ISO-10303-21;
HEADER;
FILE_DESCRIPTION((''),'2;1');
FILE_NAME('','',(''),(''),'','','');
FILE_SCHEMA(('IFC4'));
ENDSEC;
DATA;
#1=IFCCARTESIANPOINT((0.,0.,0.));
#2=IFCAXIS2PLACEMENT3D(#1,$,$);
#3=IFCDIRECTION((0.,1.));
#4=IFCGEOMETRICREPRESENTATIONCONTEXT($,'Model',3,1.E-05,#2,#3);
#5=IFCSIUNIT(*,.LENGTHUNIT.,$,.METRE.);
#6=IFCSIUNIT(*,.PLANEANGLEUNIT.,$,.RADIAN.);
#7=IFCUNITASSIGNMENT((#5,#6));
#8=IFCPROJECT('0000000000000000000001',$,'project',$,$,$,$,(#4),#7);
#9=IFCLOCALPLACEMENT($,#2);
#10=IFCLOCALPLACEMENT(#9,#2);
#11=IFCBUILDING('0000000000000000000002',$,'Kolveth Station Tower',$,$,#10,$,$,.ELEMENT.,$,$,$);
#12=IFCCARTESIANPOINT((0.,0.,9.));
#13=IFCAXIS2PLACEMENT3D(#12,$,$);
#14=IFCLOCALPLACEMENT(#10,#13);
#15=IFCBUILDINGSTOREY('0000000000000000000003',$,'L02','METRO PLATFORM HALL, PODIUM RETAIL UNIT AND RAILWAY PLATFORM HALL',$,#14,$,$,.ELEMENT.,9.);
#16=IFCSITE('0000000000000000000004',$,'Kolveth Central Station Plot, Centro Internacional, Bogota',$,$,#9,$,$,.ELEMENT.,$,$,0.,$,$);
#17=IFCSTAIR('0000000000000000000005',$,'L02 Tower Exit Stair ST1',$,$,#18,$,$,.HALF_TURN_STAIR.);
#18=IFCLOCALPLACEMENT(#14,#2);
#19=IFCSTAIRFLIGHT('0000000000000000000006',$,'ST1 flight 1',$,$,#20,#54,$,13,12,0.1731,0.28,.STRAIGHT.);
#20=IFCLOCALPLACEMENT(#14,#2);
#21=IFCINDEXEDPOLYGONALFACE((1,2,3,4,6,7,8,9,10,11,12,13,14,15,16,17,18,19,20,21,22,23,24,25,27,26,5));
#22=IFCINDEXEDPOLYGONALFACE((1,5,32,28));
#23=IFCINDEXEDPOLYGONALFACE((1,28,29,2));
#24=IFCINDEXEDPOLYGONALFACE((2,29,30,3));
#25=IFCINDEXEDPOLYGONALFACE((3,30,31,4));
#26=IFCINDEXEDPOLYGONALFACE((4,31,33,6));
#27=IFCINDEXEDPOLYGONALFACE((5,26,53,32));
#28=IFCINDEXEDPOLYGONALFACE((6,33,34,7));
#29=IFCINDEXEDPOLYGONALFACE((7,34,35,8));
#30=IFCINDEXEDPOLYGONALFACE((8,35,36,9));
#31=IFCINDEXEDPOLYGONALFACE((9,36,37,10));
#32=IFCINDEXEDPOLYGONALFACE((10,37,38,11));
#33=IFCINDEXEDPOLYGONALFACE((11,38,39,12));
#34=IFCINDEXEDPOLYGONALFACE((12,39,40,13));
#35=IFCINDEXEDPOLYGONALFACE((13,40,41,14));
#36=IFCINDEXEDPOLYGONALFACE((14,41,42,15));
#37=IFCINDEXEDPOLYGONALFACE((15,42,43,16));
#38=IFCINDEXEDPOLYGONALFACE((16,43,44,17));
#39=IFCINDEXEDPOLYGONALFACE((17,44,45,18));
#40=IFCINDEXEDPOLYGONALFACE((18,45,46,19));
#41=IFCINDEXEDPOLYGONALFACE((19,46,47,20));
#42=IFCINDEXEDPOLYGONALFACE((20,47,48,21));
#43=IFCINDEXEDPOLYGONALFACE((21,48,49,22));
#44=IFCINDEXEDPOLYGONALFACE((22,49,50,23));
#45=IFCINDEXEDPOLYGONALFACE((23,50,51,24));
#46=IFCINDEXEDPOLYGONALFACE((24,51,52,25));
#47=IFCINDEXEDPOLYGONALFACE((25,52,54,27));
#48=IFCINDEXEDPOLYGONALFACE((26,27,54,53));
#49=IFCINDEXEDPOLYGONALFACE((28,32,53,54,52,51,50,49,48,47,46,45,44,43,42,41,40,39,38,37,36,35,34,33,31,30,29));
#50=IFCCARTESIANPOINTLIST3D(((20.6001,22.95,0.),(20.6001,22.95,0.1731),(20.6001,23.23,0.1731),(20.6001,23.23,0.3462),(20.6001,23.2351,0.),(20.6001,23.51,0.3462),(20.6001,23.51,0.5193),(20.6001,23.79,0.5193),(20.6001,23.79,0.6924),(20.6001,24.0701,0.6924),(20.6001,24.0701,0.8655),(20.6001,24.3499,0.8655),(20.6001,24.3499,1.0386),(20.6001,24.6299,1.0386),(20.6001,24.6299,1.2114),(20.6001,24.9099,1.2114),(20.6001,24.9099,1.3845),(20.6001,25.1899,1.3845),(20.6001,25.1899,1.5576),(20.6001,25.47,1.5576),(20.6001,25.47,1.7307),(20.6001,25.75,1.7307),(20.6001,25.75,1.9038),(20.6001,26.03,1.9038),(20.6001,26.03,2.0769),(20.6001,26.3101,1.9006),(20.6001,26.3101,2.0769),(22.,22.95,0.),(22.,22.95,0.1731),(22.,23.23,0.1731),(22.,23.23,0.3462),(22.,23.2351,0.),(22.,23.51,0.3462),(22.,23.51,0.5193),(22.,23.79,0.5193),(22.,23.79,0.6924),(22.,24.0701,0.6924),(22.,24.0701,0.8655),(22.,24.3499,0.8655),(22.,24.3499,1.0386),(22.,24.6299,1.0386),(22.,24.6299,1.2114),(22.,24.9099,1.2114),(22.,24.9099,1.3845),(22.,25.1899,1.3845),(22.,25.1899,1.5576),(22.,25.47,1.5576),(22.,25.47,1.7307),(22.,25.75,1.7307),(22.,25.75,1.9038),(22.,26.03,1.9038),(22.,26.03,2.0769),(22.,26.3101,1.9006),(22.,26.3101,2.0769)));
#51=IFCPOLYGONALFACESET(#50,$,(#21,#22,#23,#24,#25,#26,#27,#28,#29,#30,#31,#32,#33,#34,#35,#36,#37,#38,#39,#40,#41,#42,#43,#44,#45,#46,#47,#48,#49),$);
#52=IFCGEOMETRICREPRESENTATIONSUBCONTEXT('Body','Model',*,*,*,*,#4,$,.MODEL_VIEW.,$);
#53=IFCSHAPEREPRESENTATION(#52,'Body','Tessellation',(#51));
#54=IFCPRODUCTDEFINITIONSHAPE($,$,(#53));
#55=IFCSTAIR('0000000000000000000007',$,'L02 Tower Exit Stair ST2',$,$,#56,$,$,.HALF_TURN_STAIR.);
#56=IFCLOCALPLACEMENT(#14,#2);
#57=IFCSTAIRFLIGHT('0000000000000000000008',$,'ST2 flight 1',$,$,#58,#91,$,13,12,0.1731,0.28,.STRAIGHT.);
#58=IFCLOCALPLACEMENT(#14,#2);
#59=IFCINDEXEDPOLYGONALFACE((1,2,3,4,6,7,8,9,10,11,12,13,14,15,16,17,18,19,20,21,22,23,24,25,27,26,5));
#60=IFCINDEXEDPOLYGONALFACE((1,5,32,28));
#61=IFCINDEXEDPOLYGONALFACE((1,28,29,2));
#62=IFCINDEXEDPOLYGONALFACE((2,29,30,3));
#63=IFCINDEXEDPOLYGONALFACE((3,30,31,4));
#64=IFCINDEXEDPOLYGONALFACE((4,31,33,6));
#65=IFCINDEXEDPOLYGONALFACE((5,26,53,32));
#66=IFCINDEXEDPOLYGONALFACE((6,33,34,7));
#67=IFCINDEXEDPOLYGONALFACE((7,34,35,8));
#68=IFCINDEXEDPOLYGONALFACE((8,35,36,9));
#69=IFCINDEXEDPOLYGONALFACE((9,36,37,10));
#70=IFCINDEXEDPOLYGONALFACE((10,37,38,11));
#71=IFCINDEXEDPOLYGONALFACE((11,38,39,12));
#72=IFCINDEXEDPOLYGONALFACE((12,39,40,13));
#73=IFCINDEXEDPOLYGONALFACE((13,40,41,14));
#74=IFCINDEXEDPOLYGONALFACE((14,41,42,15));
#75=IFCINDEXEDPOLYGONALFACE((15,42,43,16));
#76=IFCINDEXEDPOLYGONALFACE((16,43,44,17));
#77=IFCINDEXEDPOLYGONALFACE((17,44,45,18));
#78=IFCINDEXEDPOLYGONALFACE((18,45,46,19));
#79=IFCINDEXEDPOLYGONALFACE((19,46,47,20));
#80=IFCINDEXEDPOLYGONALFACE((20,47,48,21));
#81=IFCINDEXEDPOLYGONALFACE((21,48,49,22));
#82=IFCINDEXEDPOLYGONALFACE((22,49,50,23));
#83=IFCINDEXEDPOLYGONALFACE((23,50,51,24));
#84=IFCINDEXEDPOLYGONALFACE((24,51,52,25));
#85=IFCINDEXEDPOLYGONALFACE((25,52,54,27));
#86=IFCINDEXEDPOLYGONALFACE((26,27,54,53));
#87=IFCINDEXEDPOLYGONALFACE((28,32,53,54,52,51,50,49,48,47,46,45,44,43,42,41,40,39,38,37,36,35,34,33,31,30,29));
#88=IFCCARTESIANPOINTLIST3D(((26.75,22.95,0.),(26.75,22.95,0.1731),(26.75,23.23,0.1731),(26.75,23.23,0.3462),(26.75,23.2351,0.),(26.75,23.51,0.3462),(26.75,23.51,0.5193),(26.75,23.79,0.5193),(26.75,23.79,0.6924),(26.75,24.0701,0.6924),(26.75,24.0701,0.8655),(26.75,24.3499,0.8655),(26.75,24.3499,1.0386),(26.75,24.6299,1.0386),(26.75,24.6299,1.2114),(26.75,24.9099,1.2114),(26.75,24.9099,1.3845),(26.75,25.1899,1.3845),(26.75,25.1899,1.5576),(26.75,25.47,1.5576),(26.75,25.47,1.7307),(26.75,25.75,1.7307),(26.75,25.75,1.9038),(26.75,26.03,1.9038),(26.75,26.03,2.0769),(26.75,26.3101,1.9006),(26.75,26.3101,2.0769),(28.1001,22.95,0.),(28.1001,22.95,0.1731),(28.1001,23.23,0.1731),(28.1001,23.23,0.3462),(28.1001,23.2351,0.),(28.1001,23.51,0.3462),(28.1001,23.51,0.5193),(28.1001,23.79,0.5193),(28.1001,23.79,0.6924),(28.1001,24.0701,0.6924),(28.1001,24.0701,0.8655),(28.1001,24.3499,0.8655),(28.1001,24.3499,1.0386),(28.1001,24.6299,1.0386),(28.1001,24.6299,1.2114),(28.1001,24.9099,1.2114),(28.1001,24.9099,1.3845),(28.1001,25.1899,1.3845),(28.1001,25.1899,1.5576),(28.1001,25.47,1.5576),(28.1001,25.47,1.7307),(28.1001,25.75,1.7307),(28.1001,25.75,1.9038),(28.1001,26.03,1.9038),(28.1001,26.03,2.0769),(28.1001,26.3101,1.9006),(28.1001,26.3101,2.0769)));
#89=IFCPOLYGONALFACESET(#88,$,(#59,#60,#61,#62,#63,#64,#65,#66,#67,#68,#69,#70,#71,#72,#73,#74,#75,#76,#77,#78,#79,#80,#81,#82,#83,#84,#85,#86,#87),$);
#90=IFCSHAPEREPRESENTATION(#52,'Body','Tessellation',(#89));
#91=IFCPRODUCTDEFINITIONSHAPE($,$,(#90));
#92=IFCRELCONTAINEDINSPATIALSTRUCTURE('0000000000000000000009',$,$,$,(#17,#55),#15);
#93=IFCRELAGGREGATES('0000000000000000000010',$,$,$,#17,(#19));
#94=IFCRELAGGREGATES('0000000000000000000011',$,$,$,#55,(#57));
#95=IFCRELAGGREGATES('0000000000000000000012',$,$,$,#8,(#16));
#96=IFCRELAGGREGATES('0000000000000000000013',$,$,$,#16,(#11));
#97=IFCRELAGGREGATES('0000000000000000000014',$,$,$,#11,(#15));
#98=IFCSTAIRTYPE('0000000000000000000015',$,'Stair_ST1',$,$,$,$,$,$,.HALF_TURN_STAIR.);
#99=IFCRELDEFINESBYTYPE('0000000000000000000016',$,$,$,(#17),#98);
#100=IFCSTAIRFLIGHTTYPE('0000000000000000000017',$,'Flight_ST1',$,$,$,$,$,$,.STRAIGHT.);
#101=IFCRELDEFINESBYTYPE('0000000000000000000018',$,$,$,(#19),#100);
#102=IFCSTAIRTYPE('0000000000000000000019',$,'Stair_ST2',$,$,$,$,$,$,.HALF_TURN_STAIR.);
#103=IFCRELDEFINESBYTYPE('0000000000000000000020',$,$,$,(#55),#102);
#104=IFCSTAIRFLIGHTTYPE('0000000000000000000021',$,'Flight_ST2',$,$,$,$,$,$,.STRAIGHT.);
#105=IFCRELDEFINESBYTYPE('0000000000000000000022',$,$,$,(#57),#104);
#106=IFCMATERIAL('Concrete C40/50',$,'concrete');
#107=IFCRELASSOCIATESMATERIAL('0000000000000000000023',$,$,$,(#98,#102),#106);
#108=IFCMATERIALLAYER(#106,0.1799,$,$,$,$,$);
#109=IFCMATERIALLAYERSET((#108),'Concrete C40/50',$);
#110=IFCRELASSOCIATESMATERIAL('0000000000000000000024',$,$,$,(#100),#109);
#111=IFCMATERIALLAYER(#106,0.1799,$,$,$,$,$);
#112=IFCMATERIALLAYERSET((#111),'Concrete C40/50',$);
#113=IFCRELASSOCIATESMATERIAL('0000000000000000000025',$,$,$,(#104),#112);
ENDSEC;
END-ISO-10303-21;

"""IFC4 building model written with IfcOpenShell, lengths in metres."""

from ifc_helpers import new_model, si_unit, direction, frame, origin, place, context, subcontext, project, spatial, polyline, outline, extrude, material, layer, layer_set, type_object, element, aggregate, save


model = new_model("IFC4")

# Units and contexts
model_context = context("Model", 3, precision=1e-05, world=origin(), true_north=direction((0.0, 1.0)))
body_context = subcontext(model_context, "Body", "Model", "MODEL_VIEW")
ifc_project = project(units=[si_unit("LENGTHUNIT", "METRE"), si_unit("PLANEANGLEUNIT", "RADIAN")], contexts=[model_context])

# Site, building, storey
site_placement = place(None, origin())
site = spatial("IfcSite", under=ifc_project, at=site_placement, Name="Kolveth Central Station Plot, Centro Internacional, Bogota", CompositionType="ELEMENT", RefElevation=0.0)
building_placement = place(site_placement, origin())
building = spatial("IfcBuilding", under=site, at=building_placement, Name="Kolveth Station Tower", CompositionType="ELEMENT")
storey_placement = place(building_placement, frame((0.0, 0.0, 9.0)))
storey = spatial("IfcBuildingStorey", under=building, at=storey_placement, Name="L02", Description="METRO PLATFORM HALL, PODIUM RETAIL UNIT AND RAILWAY PLATFORM HALL", CompositionType="ELEMENT", Elevation=9.0)

# Shared definitions
ifc_material_1 = material(Name="Concrete C40/50", Category="concrete")

# Stairs, stair flights
stair_type_1 = type_object("IfcStairType", Name="Stair_ST1", PredefinedType="HALF_TURN_STAIR", material=ifc_material_1)
stair_1_placement = place(storey_placement, origin())
stair_1 = element("IfcStair", 1, at=stair_1_placement, inside=storey, type_object=stair_type_1, Name="L02 Tower Exit Stair ST1", PredefinedType="HALF_TURN_STAIR")
ifc_layer_1 = layer(ifc_material_1, 0.1799)
ifc_layer_set_1 = layer_set([ifc_layer_1], Name="Concrete C40/50")
stair_flight_type_1 = type_object("IfcStairFlightType", Name="Flight_ST1", PredefinedType="STRAIGHT", material=ifc_layer_set_1)
stair_flight_1_placement = place(storey_placement, frame((21.3, 22.95, 0.0), z_axis=(0.0, 0.0, 1.0), x_axis=(0.0, 1.0, 0.0)))
stair_flight_1 = element("IfcStairFlight", 2, at=stair_flight_1_placement, type_object=stair_flight_type_1, Name="ST1 flight 1", NumberOfRisers=13, NumberOfTreads=12, PredefinedType="STRAIGHT", RiserHeight=0.1731, TreadLength=0.28, context=body_context, shape_type="SweptSolid", body=[
    extrude(outline(polyline([(0.0, 0.0), (0.0, 0.1731), (0.28, 0.1731), (0.28, 0.3462), (0.5601, 0.3462), (0.5601, 0.5193), (0.8401, 0.5193), (0.8401, 0.6924), (1.1201, 0.6924), (1.1201, 0.8655), (1.3999, 0.8655), (1.3999, 1.0386), (1.6799, 1.0386), (1.6799, 1.2114), (1.96, 1.2114), (1.96, 1.3845), (2.24, 1.3845), (2.24, 1.5576), (2.52, 1.5576), (2.52, 1.7307), (2.8, 1.7307), (2.8, 1.9038), (3.0801, 1.9038), (3.0801, 2.0769), (3.3601, 2.0769), (3.3601, 2.25), (3.3601, 1.9006), (0.2852, 0.0), (0.0, 0.0)])), frame((0.0, 0.7, 0.0), z_axis=(0.0, -1.0, 0.0), x_axis=(1.0, 0.0, 0.0)), (0.0, 0.0, 1.0), 1.3999),
])
aggregate(stair_1, [stair_flight_1])
stair_type_2 = type_object("IfcStairType", Name="Stair_ST2", PredefinedType="HALF_TURN_STAIR", material=ifc_material_1)
stair_2_placement = place(storey_placement, origin())
stair_2 = element("IfcStair", 3, at=stair_2_placement, inside=storey, type_object=stair_type_2, Name="L02 Tower Exit Stair ST2", PredefinedType="HALF_TURN_STAIR")
ifc_layer_2 = layer(ifc_material_1, 0.1799)
ifc_layer_set_2 = layer_set([ifc_layer_2], Name="Concrete C40/50")
stair_flight_type_2 = type_object("IfcStairFlightType", Name="Flight_ST2", PredefinedType="STRAIGHT", material=ifc_layer_set_2)
stair_flight_2_placement = place(storey_placement, frame((27.425, 22.95, 0.0), z_axis=(0.0, 0.0, 1.0), x_axis=(0.0, 1.0, 0.0)))
stair_flight_2 = element("IfcStairFlight", 4, at=stair_flight_2_placement, type_object=stair_flight_type_2, Name="ST2 flight 1", NumberOfRisers=13, NumberOfTreads=12, PredefinedType="STRAIGHT", RiserHeight=0.1731, TreadLength=0.28, context=body_context, shape_type="SweptSolid", body=[
    extrude(outline(polyline([(0.0, 0.0), (0.0, 0.1731), (0.28, 0.1731), (0.28, 0.3462), (0.5601, 0.3462), (0.5601, 0.5193), (0.8401, 0.5193), (0.8401, 0.6924), (1.1201, 0.6924), (1.1201, 0.8655), (1.3999, 0.8655), (1.3999, 1.0386), (1.6799, 1.0386), (1.6799, 1.2114), (1.96, 1.2114), (1.96, 1.3845), (2.24, 1.3845), (2.24, 1.5576), (2.52, 1.5576), (2.52, 1.7307), (2.8, 1.7307), (2.8, 1.9038), (3.0801, 1.9038), (3.0801, 2.0769), (3.3601, 2.0769), (3.3601, 2.25), (3.3601, 1.9006), (0.2852, 0.0), (0.0, 0.0)])), frame((0.0, 0.675, 0.0), z_axis=(0.0, -1.0, 0.0), x_axis=(1.0, 0.0, 0.0)), (0.0, 0.0, 1.0), 1.3501),
])
aggregate(stair_2, [stair_flight_2])

save(model, "model.ifc")
